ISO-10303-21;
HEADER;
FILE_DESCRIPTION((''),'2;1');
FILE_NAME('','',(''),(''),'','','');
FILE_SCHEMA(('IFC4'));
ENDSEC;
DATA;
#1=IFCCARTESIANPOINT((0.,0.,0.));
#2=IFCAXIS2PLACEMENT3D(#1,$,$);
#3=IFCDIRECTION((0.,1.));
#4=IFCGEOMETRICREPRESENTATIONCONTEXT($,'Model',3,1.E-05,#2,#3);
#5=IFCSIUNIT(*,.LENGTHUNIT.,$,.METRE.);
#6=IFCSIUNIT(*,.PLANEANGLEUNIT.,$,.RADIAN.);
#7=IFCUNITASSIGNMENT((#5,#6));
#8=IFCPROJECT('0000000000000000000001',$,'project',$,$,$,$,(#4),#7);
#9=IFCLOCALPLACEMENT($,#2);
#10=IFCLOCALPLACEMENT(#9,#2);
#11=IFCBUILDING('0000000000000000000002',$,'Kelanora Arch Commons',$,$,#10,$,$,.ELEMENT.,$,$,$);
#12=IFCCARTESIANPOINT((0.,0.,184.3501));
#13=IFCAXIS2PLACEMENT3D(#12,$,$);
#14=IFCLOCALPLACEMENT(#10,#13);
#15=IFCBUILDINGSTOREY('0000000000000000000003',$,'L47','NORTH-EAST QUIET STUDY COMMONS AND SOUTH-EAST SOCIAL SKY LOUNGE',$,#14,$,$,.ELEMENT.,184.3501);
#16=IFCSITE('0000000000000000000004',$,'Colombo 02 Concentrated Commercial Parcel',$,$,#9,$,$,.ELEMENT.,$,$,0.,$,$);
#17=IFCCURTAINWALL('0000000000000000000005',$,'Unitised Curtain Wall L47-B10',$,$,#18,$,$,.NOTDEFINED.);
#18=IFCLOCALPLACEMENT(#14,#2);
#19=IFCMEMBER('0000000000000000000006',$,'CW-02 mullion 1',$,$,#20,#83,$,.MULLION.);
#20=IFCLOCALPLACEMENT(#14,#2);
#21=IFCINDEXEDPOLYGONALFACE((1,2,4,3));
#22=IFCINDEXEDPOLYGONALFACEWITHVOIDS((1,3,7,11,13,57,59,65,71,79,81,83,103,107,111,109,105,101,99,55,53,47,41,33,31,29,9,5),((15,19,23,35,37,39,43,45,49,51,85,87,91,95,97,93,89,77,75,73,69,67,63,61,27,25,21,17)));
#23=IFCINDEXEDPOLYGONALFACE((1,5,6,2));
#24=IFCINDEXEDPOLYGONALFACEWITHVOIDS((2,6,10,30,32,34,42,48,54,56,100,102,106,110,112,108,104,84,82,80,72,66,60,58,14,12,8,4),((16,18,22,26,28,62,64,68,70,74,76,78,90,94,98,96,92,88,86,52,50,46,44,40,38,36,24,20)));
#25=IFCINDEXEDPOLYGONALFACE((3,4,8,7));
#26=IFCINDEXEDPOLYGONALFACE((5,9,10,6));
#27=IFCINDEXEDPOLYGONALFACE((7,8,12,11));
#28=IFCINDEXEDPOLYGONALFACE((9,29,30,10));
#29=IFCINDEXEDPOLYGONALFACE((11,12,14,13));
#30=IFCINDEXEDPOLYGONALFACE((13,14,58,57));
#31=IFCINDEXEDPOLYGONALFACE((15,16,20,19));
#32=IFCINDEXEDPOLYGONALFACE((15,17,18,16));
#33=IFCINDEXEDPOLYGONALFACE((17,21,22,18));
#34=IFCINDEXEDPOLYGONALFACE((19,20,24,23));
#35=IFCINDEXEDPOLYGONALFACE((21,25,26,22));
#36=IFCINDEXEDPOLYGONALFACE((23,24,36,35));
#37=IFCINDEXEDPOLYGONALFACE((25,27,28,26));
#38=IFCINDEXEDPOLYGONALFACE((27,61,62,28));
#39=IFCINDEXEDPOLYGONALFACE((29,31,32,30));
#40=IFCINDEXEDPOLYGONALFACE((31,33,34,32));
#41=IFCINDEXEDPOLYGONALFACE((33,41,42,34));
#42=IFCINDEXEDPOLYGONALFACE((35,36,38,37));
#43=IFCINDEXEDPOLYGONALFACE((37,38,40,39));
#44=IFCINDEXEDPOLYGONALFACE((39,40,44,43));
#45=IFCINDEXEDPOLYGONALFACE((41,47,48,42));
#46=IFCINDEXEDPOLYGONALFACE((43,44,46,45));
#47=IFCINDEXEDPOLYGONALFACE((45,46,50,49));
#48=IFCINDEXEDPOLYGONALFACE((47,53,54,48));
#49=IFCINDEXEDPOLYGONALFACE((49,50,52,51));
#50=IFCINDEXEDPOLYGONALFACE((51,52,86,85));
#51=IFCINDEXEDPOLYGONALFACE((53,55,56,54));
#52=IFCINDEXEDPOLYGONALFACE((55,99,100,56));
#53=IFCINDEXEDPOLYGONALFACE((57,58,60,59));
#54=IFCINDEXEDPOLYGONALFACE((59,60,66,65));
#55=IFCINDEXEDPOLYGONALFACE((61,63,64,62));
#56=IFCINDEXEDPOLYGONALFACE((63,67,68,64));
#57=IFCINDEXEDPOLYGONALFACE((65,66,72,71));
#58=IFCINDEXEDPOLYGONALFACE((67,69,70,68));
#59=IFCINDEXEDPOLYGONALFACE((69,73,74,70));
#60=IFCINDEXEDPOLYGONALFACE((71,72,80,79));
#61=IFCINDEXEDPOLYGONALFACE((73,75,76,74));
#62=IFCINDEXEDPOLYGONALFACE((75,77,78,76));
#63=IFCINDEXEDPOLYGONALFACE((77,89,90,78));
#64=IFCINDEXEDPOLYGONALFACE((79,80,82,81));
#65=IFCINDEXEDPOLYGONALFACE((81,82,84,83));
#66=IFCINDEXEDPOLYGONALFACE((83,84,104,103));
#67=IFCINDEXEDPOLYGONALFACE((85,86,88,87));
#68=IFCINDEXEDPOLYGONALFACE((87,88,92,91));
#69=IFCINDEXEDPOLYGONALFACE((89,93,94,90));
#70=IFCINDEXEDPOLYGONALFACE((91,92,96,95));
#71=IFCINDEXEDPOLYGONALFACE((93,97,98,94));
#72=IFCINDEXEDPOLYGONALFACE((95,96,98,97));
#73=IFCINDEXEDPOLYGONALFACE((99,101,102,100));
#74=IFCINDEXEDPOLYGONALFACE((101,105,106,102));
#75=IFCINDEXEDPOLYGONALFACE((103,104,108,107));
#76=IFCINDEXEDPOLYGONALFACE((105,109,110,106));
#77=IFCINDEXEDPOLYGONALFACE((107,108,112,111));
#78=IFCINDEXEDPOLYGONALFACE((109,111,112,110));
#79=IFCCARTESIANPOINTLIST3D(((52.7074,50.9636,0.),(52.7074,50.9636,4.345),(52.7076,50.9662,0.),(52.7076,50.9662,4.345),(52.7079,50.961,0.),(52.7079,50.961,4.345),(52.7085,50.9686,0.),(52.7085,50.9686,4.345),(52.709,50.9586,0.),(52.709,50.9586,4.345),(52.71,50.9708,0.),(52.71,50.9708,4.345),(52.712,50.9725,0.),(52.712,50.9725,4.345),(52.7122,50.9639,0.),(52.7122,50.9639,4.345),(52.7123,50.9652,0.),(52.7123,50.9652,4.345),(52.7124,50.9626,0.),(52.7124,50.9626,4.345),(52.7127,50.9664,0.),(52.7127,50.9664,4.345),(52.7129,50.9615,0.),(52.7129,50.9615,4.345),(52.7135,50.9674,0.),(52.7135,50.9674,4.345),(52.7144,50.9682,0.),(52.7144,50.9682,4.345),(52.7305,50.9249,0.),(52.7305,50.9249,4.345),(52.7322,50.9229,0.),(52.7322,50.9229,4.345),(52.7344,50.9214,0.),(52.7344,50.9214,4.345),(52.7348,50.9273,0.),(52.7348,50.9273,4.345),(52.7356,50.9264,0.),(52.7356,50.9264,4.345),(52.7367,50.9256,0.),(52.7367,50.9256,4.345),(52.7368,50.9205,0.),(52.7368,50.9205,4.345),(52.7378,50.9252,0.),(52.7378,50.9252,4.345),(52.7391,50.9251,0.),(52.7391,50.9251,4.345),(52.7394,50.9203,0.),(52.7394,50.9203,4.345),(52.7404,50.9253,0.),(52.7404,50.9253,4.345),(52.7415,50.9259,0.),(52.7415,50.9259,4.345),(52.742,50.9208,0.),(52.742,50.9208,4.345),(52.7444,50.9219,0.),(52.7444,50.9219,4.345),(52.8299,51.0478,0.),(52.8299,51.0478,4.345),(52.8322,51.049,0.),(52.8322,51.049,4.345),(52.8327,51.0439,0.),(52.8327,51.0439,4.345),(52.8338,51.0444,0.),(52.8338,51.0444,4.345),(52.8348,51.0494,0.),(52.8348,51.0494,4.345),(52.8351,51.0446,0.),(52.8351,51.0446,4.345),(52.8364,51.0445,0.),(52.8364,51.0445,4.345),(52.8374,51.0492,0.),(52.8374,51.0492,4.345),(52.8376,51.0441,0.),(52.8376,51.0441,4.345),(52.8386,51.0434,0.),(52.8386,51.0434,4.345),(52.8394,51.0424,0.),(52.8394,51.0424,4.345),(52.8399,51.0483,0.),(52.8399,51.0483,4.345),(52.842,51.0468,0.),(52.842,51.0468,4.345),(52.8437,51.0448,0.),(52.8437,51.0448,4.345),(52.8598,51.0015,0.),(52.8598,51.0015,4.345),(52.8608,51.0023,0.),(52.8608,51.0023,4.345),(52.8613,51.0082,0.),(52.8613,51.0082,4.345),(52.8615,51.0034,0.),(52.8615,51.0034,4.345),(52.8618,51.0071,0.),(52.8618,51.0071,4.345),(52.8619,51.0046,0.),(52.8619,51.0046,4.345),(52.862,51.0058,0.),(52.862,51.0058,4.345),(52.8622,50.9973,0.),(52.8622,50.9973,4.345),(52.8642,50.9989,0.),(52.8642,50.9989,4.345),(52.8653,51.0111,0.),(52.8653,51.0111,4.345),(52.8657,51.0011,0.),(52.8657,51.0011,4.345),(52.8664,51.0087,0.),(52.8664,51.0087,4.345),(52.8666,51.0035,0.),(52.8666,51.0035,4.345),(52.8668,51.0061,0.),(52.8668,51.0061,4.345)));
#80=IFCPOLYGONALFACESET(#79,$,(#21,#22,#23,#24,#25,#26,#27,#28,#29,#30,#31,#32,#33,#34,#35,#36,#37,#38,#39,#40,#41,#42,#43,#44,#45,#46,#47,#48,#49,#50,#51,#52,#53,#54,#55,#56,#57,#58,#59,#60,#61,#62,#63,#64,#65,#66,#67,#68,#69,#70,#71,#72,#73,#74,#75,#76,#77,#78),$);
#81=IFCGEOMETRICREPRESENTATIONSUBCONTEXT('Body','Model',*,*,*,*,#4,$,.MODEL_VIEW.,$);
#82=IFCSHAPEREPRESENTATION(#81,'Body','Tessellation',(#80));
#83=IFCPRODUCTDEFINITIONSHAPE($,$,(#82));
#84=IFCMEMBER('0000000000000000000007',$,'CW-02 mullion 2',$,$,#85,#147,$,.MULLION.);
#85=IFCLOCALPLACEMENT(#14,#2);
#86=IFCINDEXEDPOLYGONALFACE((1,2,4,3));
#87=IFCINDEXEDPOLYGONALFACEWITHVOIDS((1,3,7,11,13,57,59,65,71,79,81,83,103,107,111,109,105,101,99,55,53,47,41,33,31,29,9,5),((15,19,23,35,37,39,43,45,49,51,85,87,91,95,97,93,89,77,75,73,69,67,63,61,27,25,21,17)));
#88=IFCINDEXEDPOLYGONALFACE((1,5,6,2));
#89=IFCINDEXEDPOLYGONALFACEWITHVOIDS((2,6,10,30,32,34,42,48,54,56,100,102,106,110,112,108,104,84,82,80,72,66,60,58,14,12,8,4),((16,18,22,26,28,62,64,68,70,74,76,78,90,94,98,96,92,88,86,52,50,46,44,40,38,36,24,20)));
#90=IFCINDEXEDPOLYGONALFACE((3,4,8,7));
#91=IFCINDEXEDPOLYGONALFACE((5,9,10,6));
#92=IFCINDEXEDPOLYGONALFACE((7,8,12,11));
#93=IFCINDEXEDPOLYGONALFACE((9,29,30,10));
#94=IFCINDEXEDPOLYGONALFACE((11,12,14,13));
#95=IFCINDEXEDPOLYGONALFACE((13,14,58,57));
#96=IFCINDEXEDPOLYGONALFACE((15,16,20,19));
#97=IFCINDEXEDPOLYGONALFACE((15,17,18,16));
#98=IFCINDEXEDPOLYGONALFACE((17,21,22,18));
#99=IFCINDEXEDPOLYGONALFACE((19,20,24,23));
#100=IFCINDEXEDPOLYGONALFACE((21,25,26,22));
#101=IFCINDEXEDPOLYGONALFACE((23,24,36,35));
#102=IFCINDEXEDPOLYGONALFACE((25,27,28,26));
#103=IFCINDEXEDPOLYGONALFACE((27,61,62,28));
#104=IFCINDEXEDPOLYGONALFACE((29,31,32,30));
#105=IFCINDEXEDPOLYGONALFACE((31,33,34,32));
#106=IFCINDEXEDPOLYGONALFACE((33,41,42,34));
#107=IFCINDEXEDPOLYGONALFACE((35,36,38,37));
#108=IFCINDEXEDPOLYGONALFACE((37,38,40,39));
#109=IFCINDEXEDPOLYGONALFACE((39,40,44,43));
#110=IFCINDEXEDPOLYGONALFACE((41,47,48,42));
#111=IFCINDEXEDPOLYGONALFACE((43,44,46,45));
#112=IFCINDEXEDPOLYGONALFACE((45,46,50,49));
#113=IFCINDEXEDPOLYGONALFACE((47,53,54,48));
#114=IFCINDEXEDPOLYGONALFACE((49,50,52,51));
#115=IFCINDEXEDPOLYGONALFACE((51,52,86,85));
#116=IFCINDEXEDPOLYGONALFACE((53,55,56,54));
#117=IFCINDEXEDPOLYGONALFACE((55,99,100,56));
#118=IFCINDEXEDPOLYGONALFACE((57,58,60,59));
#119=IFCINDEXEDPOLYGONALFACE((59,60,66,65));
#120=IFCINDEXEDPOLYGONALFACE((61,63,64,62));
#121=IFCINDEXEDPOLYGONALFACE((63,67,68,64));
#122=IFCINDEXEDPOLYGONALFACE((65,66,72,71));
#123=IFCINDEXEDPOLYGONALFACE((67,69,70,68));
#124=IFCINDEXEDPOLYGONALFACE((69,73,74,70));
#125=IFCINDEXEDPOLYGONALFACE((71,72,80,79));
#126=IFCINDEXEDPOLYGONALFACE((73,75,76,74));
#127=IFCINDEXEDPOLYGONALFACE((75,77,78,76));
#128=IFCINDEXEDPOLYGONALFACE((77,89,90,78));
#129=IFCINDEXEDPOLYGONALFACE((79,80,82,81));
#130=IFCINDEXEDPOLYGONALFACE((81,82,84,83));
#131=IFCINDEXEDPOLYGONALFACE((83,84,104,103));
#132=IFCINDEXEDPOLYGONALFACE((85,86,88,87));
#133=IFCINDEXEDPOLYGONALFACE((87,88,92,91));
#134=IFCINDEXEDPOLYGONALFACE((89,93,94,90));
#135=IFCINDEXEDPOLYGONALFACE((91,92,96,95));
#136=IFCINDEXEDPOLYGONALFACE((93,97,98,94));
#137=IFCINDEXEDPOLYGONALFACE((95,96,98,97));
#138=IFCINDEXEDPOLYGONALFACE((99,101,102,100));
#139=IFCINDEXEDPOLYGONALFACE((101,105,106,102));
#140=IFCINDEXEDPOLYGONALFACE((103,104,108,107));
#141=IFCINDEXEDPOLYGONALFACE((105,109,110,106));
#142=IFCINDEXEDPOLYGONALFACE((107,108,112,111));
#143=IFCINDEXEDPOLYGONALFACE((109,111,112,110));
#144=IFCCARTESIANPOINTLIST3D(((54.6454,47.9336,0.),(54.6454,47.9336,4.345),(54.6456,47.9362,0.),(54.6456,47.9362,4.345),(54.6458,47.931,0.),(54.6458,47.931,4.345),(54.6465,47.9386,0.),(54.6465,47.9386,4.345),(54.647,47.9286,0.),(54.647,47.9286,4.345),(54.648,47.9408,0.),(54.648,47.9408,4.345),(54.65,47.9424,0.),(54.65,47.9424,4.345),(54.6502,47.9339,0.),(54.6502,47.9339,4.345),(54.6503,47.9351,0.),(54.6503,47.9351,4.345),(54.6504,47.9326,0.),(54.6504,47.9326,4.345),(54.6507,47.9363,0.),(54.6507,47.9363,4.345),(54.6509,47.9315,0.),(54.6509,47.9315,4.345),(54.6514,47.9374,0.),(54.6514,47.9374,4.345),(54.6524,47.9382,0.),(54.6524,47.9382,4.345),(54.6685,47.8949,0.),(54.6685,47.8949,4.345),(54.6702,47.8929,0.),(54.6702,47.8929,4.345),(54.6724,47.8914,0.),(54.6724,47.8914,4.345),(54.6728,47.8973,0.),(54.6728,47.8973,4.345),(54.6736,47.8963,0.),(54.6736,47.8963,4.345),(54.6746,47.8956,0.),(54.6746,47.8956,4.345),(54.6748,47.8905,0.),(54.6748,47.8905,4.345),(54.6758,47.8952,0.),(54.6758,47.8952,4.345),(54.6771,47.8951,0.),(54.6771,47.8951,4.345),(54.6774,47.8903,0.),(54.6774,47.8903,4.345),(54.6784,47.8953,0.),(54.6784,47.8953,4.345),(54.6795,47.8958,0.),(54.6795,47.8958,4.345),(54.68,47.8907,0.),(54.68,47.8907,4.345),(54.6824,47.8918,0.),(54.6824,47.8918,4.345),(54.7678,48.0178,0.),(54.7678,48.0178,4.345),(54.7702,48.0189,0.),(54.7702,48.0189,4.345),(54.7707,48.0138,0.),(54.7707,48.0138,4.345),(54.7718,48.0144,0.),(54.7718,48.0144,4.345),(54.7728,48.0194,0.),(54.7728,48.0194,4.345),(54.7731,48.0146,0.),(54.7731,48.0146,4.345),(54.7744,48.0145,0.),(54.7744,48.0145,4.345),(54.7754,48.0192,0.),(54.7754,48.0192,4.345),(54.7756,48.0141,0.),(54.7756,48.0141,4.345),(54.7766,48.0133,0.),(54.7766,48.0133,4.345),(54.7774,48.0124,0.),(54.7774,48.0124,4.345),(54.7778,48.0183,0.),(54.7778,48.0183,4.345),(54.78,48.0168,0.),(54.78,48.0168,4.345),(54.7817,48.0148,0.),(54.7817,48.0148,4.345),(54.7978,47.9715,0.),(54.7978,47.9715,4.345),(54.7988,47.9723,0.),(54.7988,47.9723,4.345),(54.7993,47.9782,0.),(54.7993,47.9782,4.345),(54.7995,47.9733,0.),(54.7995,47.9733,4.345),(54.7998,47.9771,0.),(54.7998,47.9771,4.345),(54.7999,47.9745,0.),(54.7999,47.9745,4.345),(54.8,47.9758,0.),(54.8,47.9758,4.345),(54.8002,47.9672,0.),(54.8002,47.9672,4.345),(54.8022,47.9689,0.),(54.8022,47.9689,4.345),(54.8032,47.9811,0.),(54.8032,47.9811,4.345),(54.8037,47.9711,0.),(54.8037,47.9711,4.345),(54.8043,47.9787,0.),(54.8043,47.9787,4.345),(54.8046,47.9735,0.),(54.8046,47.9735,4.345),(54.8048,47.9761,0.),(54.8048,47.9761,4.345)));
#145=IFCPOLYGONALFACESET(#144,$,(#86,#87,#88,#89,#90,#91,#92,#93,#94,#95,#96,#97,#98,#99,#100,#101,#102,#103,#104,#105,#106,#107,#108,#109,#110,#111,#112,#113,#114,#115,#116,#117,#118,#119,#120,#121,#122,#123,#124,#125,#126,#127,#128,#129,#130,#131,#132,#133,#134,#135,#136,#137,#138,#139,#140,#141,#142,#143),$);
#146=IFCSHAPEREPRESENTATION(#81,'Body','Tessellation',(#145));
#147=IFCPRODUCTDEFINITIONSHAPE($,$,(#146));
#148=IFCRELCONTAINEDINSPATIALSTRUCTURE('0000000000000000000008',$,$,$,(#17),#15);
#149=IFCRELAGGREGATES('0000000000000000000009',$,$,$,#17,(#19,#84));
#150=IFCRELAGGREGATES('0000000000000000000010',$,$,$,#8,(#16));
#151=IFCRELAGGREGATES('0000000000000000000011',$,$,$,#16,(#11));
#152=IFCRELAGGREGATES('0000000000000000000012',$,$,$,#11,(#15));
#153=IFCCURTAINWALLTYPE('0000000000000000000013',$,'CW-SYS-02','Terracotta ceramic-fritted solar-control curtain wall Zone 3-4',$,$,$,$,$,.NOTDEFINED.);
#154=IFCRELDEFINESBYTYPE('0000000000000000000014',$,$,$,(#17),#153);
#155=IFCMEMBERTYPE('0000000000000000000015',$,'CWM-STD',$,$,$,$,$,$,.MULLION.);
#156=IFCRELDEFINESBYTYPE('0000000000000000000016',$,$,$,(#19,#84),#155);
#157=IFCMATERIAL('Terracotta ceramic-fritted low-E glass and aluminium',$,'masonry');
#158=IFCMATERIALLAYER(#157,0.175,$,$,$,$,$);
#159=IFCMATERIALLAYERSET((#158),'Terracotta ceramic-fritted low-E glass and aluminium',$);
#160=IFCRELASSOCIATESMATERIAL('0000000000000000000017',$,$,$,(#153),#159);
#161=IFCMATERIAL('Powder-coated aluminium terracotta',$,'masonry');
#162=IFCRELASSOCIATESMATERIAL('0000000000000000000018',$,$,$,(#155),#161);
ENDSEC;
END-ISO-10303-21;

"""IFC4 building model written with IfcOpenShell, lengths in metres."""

from ifc_helpers import new_model, si_unit, direction, frame, origin, origin_2d, place, context, subcontext, project, spatial, hollow_rectangle, extrude, material, layer, layer_set, material_profile, profile_set, type_object, element, aggregate, save


model = new_model("IFC4")

# Units and contexts
model_context = context("Model", 3, precision=1e-05, world=origin(), true_north=direction((0.0, 1.0)))
body_context = subcontext(model_context, "Body", "Model", "MODEL_VIEW")
ifc_project = project(units=[si_unit("LENGTHUNIT", "METRE"), si_unit("PLANEANGLEUNIT", "RADIAN")], contexts=[model_context])

# Site, building, storey
site_placement = place(None, origin())
site = spatial("IfcSite", under=ifc_project, at=site_placement, Name="Colombo 02 Concentrated Commercial Parcel", CompositionType="ELEMENT", RefElevation=0.0)
building_placement = place(site_placement, origin())
building = spatial("IfcBuilding", under=site, at=building_placement, Name="Kelanora Arch Commons", CompositionType="ELEMENT")
storey_placement = place(building_placement, frame((0.0, 0.0, 184.3501)))
storey = spatial("IfcBuildingStorey", under=building, at=storey_placement, Name="L47", Description="NORTH-EAST QUIET STUDY COMMONS AND SOUTH-EAST SOCIAL SKY LOUNGE", CompositionType="ELEMENT", Elevation=184.3501)

# Shared definitions
ifc_material_1 = material(Name="Terracotta ceramic-fritted low-E glass and aluminium", Category="masonry")
ifc_layer_1 = layer(ifc_material_1, 0.175)
ifc_layer_set_1 = layer_set([ifc_layer_1], Name="Terracotta ceramic-fritted low-E glass and aluminium")
curtain_wall_type = type_object("IfcCurtainWallType", Name="CW-SYS-02", Description="Terracotta ceramic-fritted solar-control curtain wall Zone 3-4", PredefinedType="NOTDEFINED", material=ifc_layer_set_1)
ifc_material_2 = material(Name="Powder-coated aluminium terracotta", Category="masonry")
ifc_material_profile_1 = material_profile(ifc_material_2, hollow_rectangle(XDim=0.1599, YDim=0.0601, WallThickness=0.0049, InnerFilletRadius=0.0049, OuterFilletRadius=0.01, at=origin_2d()), Name="CWM160x60")
ifc_profile_set_1 = profile_set([ifc_material_profile_1], Name="Powder-coated aluminium terracotta")
member_type_1 = type_object("IfcMemberType", Name="CWM-STD", PredefinedType="MULLION", material=ifc_profile_set_1)

# Curtain wall, members
curtain_wall_1_placement = place(storey_placement, origin())
curtain_wall_1 = element("IfcCurtainWall", 1, at=curtain_wall_1_placement, inside=storey, type_object=curtain_wall_type, Name="Unitised Curtain Wall L47-B10", PredefinedType="NOTDEFINED")
member_1_placement = place(storey_placement, frame((52.7871, 50.9849, 0.0), z_axis=(0.0, 0.0, 1.0), x_axis=(0.842423, 0.538817, 0.0)))
member_1 = element("IfcMember", 2, at=member_1_placement, type_object=member_type_1, Name="CW-02 mullion 1", PredefinedType="MULLION", context=body_context, shape_type="SweptSolid", body=[
    extrude(hollow_rectangle(XDim=0.1599, YDim=0.0601, WallThickness=0.0049, InnerFilletRadius=0.0049, OuterFilletRadius=0.01, at=origin_2d()), origin(), (0.0, 0.0, 1.0), 4.345),
])
member_2_placement = place(storey_placement, frame((54.7251, 47.9548, 0.0), z_axis=(0.0, 0.0, 1.0), x_axis=(0.842423, 0.538817, 0.0)))
member_2 = element("IfcMember", 3, at=member_2_placement, type_object=member_type_1, Name="CW-02 mullion 2", PredefinedType="MULLION", context=body_context, shape_type="SweptSolid", body=[
    extrude(hollow_rectangle(XDim=0.1599, YDim=0.0601, WallThickness=0.0049, InnerFilletRadius=0.0049, OuterFilletRadius=0.01, at=origin_2d()), origin(), (0.0, 0.0, 1.0), 4.345),
])

aggregate(curtain_wall_1, [member_1, member_2])

save(model, "model.ifc")
